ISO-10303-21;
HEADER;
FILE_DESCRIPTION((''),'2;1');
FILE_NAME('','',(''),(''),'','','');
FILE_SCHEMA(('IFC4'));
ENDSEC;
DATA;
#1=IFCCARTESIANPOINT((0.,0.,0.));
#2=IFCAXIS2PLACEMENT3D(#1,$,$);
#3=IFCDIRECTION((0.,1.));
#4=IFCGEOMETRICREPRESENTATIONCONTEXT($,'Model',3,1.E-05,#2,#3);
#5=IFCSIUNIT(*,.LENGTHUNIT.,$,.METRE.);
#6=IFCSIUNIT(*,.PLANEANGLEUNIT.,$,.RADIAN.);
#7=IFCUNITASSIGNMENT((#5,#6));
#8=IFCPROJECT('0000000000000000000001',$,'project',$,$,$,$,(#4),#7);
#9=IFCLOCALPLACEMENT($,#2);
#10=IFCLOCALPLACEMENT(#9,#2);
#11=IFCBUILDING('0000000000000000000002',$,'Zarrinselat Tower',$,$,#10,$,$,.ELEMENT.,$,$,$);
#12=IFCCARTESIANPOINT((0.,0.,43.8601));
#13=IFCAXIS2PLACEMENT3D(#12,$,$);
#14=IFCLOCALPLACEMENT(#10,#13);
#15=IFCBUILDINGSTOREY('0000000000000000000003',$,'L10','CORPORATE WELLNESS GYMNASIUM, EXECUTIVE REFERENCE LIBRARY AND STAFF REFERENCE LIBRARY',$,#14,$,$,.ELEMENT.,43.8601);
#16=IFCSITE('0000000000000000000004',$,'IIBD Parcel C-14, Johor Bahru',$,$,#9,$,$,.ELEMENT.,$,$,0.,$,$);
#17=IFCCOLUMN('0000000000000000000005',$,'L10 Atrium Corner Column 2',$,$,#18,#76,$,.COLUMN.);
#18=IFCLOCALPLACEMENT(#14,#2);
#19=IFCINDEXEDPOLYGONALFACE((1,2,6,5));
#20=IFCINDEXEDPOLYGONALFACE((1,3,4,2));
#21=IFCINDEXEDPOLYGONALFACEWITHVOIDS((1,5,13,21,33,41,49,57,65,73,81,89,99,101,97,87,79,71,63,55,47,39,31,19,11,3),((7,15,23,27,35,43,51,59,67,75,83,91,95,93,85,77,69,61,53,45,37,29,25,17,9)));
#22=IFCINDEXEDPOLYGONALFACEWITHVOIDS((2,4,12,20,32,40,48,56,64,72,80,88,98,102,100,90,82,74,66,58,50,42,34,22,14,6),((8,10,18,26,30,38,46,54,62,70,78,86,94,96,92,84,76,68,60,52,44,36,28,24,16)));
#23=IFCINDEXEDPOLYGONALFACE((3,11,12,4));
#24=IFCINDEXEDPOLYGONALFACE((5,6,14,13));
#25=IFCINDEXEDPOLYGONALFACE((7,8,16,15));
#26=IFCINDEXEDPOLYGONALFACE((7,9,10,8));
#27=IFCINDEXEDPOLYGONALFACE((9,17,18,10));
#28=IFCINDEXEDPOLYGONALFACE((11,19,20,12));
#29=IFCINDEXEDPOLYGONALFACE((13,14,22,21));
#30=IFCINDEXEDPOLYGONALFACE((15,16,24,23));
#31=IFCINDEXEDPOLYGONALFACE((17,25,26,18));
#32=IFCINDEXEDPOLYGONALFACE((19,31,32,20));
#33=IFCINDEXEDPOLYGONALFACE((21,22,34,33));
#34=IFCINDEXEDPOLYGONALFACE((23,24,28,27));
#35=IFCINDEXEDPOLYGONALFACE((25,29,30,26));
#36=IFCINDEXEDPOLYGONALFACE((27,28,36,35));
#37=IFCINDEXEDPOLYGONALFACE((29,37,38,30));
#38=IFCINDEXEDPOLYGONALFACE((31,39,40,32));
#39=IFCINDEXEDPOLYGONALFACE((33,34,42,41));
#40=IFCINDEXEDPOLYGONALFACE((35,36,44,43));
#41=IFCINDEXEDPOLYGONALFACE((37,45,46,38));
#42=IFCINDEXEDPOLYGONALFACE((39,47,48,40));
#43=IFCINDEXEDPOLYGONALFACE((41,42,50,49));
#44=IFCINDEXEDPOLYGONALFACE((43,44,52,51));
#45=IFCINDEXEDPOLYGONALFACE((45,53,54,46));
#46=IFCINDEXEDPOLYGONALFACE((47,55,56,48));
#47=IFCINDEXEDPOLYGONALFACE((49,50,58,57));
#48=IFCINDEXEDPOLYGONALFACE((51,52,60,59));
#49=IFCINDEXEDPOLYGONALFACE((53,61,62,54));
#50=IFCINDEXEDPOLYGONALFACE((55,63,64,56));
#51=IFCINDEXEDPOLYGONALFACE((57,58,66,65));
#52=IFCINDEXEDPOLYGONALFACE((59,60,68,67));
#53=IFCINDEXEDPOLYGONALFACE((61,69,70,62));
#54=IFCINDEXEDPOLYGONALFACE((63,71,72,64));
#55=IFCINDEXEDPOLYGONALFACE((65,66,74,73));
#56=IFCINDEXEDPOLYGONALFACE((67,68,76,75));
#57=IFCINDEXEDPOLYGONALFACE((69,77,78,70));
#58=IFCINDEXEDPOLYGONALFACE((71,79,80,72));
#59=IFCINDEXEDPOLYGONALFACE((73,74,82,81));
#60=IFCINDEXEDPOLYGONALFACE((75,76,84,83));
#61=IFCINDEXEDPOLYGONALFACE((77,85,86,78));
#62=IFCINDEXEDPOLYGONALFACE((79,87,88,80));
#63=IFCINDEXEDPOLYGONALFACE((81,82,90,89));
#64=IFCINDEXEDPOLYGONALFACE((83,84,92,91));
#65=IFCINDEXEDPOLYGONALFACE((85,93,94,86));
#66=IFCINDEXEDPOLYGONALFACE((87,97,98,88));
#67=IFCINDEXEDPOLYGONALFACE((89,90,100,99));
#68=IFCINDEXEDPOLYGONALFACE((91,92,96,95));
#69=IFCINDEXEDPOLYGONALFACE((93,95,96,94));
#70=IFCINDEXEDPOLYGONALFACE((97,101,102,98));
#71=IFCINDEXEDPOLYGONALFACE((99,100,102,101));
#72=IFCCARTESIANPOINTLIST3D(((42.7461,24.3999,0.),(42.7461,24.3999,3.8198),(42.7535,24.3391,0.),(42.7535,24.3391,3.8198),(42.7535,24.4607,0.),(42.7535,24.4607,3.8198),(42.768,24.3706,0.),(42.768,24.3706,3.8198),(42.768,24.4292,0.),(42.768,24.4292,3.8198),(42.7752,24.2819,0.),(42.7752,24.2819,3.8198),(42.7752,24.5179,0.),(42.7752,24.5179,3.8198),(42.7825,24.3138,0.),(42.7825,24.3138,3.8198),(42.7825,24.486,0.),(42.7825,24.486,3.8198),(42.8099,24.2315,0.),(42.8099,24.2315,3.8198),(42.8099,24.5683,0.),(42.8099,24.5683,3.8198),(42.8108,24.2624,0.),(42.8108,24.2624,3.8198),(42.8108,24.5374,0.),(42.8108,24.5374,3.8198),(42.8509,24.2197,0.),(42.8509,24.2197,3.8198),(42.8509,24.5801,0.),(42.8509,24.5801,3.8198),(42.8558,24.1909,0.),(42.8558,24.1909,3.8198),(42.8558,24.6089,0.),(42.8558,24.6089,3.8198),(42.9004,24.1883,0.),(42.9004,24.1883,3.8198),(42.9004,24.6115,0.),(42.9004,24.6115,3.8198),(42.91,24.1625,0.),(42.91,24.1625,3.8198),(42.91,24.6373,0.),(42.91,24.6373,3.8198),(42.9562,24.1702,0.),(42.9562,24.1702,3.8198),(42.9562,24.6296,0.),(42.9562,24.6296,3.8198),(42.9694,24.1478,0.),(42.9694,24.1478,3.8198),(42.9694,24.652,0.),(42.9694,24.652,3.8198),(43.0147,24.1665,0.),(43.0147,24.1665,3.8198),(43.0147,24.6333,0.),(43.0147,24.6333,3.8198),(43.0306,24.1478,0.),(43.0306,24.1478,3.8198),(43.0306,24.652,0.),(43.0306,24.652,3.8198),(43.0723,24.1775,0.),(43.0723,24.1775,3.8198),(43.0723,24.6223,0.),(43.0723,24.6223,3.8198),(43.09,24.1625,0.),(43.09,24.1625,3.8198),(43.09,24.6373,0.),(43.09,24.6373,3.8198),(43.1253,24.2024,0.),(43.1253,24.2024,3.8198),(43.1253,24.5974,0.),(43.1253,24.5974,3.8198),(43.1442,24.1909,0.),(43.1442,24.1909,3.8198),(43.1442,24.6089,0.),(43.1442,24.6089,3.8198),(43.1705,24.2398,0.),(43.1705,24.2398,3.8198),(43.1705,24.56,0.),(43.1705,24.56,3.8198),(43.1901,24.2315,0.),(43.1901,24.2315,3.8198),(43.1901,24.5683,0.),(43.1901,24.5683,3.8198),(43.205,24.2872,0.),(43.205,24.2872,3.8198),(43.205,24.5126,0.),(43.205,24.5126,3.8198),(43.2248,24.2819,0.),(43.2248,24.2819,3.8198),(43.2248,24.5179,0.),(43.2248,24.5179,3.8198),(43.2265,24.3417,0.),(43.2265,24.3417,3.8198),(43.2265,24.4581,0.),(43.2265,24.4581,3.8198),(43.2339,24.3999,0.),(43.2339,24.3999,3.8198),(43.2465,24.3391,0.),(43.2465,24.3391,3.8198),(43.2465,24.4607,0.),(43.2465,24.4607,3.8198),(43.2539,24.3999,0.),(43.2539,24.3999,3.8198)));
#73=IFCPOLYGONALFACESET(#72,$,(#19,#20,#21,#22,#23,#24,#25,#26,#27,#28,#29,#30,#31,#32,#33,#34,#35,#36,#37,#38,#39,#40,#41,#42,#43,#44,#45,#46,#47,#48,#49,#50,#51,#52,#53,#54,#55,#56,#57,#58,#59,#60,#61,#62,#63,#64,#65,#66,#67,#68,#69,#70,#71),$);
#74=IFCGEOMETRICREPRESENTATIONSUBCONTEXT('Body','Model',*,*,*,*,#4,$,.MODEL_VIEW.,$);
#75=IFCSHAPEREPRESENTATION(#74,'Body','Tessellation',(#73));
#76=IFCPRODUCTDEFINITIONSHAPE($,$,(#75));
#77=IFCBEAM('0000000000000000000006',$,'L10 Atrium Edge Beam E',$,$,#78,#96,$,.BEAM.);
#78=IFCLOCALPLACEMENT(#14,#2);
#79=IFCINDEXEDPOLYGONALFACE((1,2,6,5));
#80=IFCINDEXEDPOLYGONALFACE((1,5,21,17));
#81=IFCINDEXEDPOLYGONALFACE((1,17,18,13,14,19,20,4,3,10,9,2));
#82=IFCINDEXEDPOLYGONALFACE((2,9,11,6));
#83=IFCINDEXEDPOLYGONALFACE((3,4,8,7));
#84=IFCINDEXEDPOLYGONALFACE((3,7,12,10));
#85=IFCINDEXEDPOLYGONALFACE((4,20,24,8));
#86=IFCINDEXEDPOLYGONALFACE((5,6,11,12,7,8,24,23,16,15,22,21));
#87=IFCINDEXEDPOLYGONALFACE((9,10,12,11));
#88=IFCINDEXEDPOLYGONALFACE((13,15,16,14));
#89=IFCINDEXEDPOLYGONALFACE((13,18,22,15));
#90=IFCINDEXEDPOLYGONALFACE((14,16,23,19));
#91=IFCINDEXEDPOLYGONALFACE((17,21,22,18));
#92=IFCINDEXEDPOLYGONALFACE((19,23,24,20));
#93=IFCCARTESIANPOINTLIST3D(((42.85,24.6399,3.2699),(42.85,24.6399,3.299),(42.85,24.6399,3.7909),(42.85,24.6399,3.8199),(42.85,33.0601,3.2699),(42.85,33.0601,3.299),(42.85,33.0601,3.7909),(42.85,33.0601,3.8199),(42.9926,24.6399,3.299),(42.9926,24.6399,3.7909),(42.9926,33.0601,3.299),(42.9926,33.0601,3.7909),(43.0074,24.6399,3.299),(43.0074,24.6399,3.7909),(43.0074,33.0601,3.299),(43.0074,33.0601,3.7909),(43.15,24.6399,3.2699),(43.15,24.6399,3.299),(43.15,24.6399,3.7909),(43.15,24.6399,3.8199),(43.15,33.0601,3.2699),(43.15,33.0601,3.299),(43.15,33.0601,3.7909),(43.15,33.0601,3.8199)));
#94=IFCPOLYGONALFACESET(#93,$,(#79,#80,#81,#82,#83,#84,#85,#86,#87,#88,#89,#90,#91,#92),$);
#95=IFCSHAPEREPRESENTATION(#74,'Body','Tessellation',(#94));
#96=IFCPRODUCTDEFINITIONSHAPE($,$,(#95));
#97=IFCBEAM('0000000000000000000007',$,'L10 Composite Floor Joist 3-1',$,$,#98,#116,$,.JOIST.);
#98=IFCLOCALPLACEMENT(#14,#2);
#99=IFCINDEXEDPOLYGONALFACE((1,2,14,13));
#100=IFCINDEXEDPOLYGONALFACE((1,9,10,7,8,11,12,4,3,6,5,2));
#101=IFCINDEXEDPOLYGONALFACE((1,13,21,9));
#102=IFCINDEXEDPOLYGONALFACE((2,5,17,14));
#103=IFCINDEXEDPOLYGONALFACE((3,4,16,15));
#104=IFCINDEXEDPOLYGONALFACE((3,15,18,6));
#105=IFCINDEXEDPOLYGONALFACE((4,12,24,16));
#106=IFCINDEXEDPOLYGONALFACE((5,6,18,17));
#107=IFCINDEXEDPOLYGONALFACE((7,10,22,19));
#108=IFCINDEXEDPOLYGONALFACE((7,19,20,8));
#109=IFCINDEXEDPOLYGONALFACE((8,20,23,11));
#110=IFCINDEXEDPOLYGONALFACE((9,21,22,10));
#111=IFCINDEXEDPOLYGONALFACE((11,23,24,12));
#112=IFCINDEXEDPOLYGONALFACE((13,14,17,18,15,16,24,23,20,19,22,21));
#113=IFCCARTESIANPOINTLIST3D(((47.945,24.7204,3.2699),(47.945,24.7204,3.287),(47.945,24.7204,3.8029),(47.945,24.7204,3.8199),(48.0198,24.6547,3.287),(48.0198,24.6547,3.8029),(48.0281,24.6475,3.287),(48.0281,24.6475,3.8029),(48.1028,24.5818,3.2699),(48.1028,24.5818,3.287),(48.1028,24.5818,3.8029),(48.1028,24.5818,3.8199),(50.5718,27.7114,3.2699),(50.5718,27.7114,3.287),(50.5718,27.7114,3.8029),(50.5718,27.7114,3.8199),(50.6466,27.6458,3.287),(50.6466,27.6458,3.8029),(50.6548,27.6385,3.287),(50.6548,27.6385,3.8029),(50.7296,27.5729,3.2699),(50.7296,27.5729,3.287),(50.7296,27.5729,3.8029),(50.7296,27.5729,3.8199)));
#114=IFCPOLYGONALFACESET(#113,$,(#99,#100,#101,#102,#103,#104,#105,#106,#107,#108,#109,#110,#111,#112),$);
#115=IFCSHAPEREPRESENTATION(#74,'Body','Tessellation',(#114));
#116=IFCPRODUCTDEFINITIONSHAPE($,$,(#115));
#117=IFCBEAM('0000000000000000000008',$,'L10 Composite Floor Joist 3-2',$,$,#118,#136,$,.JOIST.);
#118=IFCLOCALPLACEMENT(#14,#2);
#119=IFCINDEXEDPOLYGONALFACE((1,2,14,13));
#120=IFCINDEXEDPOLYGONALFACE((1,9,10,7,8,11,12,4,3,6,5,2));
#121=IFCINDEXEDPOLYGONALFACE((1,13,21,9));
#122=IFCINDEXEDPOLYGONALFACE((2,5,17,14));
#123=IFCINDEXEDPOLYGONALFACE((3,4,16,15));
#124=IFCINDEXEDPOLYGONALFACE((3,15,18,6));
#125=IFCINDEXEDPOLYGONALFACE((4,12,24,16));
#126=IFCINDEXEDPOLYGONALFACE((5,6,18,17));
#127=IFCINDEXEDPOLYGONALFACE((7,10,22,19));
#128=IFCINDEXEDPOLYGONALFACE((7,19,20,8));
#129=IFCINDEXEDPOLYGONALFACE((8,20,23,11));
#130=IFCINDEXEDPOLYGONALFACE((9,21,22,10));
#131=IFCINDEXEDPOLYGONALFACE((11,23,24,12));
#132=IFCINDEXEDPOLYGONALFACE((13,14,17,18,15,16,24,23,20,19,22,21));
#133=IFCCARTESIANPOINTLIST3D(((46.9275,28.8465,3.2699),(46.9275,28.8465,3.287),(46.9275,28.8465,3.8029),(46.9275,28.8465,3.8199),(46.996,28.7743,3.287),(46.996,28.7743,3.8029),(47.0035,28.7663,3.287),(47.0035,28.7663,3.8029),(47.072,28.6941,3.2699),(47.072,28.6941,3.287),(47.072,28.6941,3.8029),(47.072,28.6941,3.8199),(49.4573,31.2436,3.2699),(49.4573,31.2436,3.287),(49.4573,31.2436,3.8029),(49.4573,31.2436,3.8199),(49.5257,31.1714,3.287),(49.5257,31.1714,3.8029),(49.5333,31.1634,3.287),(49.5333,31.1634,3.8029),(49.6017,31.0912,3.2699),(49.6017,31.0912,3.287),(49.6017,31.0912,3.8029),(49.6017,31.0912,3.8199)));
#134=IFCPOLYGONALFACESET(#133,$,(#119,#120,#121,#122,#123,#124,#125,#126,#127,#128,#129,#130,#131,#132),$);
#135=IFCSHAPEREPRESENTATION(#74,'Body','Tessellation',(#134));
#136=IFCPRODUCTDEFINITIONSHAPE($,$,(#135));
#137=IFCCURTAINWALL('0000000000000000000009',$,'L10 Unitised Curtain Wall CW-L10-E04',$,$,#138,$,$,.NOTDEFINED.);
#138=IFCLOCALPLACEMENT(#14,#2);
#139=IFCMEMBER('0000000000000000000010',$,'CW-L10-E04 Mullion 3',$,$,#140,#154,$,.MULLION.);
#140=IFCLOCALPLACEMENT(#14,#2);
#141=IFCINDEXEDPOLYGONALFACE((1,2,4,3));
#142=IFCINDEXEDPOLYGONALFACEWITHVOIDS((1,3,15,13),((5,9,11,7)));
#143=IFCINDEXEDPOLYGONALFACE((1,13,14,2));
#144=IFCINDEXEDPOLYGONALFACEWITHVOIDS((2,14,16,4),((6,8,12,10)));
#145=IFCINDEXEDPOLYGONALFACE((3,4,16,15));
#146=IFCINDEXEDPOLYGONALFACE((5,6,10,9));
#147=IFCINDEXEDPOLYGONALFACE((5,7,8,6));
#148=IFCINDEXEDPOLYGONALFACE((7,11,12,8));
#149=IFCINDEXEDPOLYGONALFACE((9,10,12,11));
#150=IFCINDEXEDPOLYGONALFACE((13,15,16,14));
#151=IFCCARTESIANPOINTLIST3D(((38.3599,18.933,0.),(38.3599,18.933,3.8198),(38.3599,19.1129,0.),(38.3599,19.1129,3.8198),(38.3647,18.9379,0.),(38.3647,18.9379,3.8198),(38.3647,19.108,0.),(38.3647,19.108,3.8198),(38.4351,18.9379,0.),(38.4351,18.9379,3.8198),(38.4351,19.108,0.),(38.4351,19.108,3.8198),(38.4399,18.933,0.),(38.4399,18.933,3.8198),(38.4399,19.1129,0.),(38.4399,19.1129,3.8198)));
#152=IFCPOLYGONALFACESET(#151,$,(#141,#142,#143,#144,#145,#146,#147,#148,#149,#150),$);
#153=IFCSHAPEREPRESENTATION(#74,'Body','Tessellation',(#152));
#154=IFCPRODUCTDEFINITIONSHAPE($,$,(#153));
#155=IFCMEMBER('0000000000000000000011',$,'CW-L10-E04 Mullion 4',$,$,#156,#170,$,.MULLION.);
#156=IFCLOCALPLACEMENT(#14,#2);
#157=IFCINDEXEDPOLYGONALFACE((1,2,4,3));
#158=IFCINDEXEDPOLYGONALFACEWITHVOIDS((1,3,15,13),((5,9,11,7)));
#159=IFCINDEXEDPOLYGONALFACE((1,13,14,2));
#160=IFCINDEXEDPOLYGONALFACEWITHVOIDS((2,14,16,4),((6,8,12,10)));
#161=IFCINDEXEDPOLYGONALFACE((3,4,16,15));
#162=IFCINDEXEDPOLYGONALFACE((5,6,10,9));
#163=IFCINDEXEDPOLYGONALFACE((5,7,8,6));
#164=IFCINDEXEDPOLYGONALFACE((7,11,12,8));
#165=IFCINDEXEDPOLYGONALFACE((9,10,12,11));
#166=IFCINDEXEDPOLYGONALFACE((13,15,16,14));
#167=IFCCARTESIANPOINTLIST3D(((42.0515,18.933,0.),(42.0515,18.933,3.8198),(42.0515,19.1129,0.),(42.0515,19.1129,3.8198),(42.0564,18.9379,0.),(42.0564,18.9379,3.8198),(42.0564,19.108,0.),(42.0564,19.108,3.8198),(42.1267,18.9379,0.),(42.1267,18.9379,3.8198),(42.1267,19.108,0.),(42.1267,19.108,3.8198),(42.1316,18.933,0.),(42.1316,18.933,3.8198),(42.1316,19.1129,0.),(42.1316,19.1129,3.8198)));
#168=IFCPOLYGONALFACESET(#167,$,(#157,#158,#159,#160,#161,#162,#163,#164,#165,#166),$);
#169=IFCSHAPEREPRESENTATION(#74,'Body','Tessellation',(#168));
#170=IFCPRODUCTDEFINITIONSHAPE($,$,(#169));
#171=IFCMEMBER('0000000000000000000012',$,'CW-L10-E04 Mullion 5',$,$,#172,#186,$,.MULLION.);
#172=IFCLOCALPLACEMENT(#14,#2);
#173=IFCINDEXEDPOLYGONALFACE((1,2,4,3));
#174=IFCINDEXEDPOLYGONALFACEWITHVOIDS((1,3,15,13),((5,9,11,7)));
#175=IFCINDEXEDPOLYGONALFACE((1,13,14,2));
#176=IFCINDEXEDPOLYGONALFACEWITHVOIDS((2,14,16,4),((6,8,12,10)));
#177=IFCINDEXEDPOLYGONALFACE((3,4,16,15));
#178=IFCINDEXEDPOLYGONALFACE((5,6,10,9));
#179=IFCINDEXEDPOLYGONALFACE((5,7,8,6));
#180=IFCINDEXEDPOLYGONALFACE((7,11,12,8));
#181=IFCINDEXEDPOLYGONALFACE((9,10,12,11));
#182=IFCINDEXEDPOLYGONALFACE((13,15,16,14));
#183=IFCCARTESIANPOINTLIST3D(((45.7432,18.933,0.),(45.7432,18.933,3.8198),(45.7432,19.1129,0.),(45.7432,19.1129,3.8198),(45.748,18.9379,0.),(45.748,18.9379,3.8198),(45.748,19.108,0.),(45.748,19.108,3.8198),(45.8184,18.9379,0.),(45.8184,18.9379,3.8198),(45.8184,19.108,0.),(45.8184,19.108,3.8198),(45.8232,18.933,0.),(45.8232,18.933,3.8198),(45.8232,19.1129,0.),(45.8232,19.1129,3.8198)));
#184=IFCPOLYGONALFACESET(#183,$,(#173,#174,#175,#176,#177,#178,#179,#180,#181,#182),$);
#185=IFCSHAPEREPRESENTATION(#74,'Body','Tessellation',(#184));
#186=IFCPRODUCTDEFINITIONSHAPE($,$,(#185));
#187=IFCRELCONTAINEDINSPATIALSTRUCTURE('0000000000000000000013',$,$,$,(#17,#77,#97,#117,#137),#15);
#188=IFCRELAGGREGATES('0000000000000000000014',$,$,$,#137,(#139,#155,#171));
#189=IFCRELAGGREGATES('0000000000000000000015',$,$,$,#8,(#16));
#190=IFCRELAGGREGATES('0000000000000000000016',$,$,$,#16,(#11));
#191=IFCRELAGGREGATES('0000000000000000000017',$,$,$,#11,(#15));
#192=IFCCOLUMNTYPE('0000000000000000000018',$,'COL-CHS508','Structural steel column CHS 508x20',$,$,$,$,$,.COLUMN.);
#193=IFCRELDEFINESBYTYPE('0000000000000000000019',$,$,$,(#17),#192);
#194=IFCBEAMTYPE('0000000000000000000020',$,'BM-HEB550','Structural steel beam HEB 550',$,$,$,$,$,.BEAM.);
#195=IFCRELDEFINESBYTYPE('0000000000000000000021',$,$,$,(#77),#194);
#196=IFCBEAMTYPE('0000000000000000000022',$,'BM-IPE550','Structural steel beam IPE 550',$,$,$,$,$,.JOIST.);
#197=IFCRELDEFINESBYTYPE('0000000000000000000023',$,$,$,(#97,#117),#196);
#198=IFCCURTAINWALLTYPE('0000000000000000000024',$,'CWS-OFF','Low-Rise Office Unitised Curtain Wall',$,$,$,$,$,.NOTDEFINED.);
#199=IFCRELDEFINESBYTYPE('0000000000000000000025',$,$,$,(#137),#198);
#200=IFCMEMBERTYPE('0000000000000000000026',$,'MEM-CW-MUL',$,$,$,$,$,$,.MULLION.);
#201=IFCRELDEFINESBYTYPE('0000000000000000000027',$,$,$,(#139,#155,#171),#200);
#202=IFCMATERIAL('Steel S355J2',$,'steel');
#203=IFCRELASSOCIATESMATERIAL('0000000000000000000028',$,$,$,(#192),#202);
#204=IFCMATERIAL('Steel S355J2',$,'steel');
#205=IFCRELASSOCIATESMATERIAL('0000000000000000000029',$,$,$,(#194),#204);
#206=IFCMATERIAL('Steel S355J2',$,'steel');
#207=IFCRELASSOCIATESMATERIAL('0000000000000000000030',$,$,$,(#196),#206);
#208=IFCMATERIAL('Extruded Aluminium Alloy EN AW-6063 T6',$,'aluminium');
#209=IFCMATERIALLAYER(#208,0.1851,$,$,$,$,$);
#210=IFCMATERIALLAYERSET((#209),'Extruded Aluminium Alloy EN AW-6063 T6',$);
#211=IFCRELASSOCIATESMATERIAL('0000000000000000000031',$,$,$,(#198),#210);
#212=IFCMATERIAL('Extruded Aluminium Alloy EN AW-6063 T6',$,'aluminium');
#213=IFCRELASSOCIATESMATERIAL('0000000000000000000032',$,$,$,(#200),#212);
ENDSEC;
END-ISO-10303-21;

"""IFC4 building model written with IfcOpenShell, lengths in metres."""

from ifc_helpers import new_model, si_unit, direction, frame, origin, origin_2d, place, context, subcontext, project, spatial, hollow_rectangle, hollow_circle, i_section, extrude, material, layer, layer_set, material_profile, profile_set, type_object, element, aggregate, save


model = new_model("IFC4")

# Units and contexts
model_context = context("Model", 3, precision=1e-05, world=origin(), true_north=direction((0.0, 1.0)))
body_context = subcontext(model_context, "Body", "Model", "MODEL_VIEW")
ifc_project = project(units=[si_unit("LENGTHUNIT", "METRE"), si_unit("PLANEANGLEUNIT", "RADIAN")], contexts=[model_context])

# Site, building, storey
site_placement = place(None, origin())
site = spatial("IfcSite", under=ifc_project, at=site_placement, Name="IIBD Parcel C-14, Johor Bahru", CompositionType="ELEMENT", RefElevation=0.0)
building_placement = place(site_placement, origin())
building = spatial("IfcBuilding", under=site, at=building_placement, Name="Zarrinselat Tower", CompositionType="ELEMENT")
storey_placement = place(building_placement, frame((0.0, 0.0, 43.8601)))
storey = spatial("IfcBuildingStorey", under=building, at=storey_placement, Name="L10", Description="CORPORATE WELLNESS GYMNASIUM, EXECUTIVE REFERENCE LIBRARY AND STAFF REFERENCE LIBRARY", CompositionType="ELEMENT", Elevation=43.8601)

# Column
ifc_material_1 = material(Name="Steel S355J2", Category="steel")
ifc_material_profile_1 = material_profile(ifc_material_1, hollow_circle(Radius=0.2539, WallThickness=0.02, at=origin_2d()), Name="CHS 508x20")
ifc_profile_set_1 = profile_set([ifc_material_profile_1], Name="Steel S355J2")
column_type = type_object("IfcColumnType", Name="COL-CHS508", Description="Structural steel column CHS 508x20", PredefinedType="COLUMN", material=ifc_profile_set_1)
column_placement = place(storey_placement, frame((43.0, 24.3999, 0.0), z_axis=(0.0, 0.0, 1.0), x_axis=(1.0, 0.0, 0.0)))
element("IfcColumn", 1, at=column_placement, inside=storey, type_object=column_type, Name="L10 Atrium Corner Column 2", PredefinedType="COLUMN", context=body_context, shape_type="SweptSolid", body=[
    extrude(hollow_circle(Radius=0.2539, WallThickness=0.02, at=origin_2d()), origin(), (0.0, 0.0, 1.0), 3.8198),
])

# Beams
ifc_material_2 = material(Name="Steel S355J2", Category="steel")
ifc_material_profile_2 = material_profile(ifc_material_2, i_section(OverallWidth=0.3, OverallDepth=0.55, WebThickness=0.0149, FlangeThickness=0.0291, at=origin_2d()), Name="HEB 550")
ifc_profile_set_2 = profile_set([ifc_material_profile_2], Name="Steel S355J2")
beam_type_1 = type_object("IfcBeamType", Name="BM-HEB550", Description="Structural steel beam HEB 550", PredefinedType="BEAM", material=ifc_profile_set_2)
beam_1_placement = place(storey_placement, frame((43.0, 24.6399, 3.5449), z_axis=(0.0, 1.0, 0.0), x_axis=(-1.0, 0.0, 0.0)))
element("IfcBeam", 2, at=beam_1_placement, inside=storey, type_object=beam_type_1, Name="L10 Atrium Edge Beam E", PredefinedType="BEAM", context=body_context, shape_type="SweptSolid", body=[
    extrude(i_section(OverallWidth=0.3, OverallDepth=0.55, WebThickness=0.0149, FlangeThickness=0.0291, at=origin_2d()), origin(), (0.0, 0.0, 1.0), 8.4202),
])
ifc_material_3 = material(Name="Steel S355J2", Category="steel")
ifc_material_profile_3 = material_profile(ifc_material_3, i_section(OverallWidth=0.21, OverallDepth=0.55, WebThickness=0.011, FlangeThickness=0.0171, at=origin_2d()), Name="IPE 550")
ifc_profile_set_3 = profile_set([ifc_material_profile_3], Name="Steel S355J2")
beam_type_2 = type_object("IfcBeamType", Name="BM-IPE550", Description="Structural steel beam IPE 550", PredefinedType="JOIST", material=ifc_profile_set_3)
beam_2_placement = place(storey_placement, frame((48.0239, 24.6511, 3.5449), z_axis=(0.659871, 0.751379, 0.0), x_axis=(-0.751379, 0.659871, 0.0)))
element("IfcBeam", 3, at=beam_2_placement, inside=storey, type_object=beam_type_2, Name="L10 Composite Floor Joist 3-1", PredefinedType="JOIST", context=body_context, shape_type="SweptSolid", body=[
    extrude(i_section(OverallWidth=0.21, OverallDepth=0.55, WebThickness=0.011, FlangeThickness=0.0171, at=origin_2d()), origin(), (0.0, 0.0, 1.0), 3.9807),
])
beam_3_placement = place(storey_placement, frame((46.9998, 28.7703, 3.5449), z_axis=(0.72587, 0.687832, 0.0), x_axis=(-0.687832, 0.72587, 0.0)))
element("IfcBeam", 4, at=beam_3_placement, inside=storey, type_object=beam_type_2, Name="L10 Composite Floor Joist 3-2", PredefinedType="JOIST", context=body_context, shape_type="SweptSolid", body=[
    extrude(i_section(OverallWidth=0.21, OverallDepth=0.55, WebThickness=0.011, FlangeThickness=0.0171, at=origin_2d()), origin(), (0.0, 0.0, 1.0), 3.4851),
])

# Curtain wall, members
ifc_material_4 = material(Name="Extruded Aluminium Alloy EN AW-6063 T6", Category="aluminium")
ifc_layer_1 = layer(ifc_material_4, 0.1851)
ifc_layer_set_1 = layer_set([ifc_layer_1], Name="Extruded Aluminium Alloy EN AW-6063 T6")
curtain_wall_type = type_object("IfcCurtainWallType", Name="CWS-OFF", Description="Low-Rise Office Unitised Curtain Wall", PredefinedType="NOTDEFINED", material=ifc_layer_set_1)
curtain_wall_placement = place(storey_placement, origin())
curtain_wall = element("IfcCurtainWall", 5, at=curtain_wall_placement, inside=storey, type_object=curtain_wall_type, Name="L10 Unitised Curtain Wall CW-L10-E04", PredefinedType="NOTDEFINED")
ifc_material_5 = material(Name="Extruded Aluminium Alloy EN AW-6063 T6", Category="aluminium")
ifc_material_profile_4 = material_profile(ifc_material_5, hollow_rectangle(XDim=0.0801, YDim=0.1799, WallThickness=0.0049, at=origin_2d()), Name="RHS 180x80x5")
ifc_profile_set_4 = profile_set([ifc_material_profile_4], Name="Extruded Aluminium Alloy EN AW-6063 T6")
member_type_1 = type_object("IfcMemberType", Name="MEM-CW-MUL", PredefinedType="MULLION", material=ifc_profile_set_4)
member_1_placement = place(storey_placement, frame((38.3999, 19.0229, 0.0), z_axis=(0.0, 0.0, 1.0), x_axis=(1.0, 0.0, 0.0)))
member_1 = element("IfcMember", 6, at=member_1_placement, type_object=member_type_1, Name="CW-L10-E04 Mullion 3", PredefinedType="MULLION", context=body_context, shape_type="SweptSolid", body=[
    extrude(hollow_rectangle(XDim=0.0801, YDim=0.1799, WallThickness=0.0049, at=origin_2d()), origin(), (0.0, 0.0, 1.0), 3.8198),
])
member_2_placement = place(storey_placement, frame((42.0916, 19.0229, 0.0), z_axis=(0.0, 0.0, 1.0), x_axis=(1.0, 0.0, 0.0)))
member_2 = element("IfcMember", 7, at=member_2_placement, type_object=member_type_1, Name="CW-L10-E04 Mullion 4", PredefinedType="MULLION", context=body_context, shape_type="SweptSolid", body=[
    extrude(hollow_rectangle(XDim=0.0801, YDim=0.1799, WallThickness=0.0049, at=origin_2d()), origin(), (0.0, 0.0, 1.0), 3.8198),
])
member_3_placement = place(storey_placement, frame((45.7832, 19.0229, 0.0), z_axis=(0.0, 0.0, 1.0), x_axis=(1.0, 0.0, 0.0)))
member_3 = element("IfcMember", 8, at=member_3_placement, type_object=member_type_1, Name="CW-L10-E04 Mullion 5", PredefinedType="MULLION", context=body_context, shape_type="SweptSolid", body=[
    extrude(hollow_rectangle(XDim=0.0801, YDim=0.1799, WallThickness=0.0049, at=origin_2d()), origin(), (0.0, 0.0, 1.0), 3.8198),
])
aggregate(curtain_wall, [member_1, member_2, member_3])

save(model, "model.ifc")
